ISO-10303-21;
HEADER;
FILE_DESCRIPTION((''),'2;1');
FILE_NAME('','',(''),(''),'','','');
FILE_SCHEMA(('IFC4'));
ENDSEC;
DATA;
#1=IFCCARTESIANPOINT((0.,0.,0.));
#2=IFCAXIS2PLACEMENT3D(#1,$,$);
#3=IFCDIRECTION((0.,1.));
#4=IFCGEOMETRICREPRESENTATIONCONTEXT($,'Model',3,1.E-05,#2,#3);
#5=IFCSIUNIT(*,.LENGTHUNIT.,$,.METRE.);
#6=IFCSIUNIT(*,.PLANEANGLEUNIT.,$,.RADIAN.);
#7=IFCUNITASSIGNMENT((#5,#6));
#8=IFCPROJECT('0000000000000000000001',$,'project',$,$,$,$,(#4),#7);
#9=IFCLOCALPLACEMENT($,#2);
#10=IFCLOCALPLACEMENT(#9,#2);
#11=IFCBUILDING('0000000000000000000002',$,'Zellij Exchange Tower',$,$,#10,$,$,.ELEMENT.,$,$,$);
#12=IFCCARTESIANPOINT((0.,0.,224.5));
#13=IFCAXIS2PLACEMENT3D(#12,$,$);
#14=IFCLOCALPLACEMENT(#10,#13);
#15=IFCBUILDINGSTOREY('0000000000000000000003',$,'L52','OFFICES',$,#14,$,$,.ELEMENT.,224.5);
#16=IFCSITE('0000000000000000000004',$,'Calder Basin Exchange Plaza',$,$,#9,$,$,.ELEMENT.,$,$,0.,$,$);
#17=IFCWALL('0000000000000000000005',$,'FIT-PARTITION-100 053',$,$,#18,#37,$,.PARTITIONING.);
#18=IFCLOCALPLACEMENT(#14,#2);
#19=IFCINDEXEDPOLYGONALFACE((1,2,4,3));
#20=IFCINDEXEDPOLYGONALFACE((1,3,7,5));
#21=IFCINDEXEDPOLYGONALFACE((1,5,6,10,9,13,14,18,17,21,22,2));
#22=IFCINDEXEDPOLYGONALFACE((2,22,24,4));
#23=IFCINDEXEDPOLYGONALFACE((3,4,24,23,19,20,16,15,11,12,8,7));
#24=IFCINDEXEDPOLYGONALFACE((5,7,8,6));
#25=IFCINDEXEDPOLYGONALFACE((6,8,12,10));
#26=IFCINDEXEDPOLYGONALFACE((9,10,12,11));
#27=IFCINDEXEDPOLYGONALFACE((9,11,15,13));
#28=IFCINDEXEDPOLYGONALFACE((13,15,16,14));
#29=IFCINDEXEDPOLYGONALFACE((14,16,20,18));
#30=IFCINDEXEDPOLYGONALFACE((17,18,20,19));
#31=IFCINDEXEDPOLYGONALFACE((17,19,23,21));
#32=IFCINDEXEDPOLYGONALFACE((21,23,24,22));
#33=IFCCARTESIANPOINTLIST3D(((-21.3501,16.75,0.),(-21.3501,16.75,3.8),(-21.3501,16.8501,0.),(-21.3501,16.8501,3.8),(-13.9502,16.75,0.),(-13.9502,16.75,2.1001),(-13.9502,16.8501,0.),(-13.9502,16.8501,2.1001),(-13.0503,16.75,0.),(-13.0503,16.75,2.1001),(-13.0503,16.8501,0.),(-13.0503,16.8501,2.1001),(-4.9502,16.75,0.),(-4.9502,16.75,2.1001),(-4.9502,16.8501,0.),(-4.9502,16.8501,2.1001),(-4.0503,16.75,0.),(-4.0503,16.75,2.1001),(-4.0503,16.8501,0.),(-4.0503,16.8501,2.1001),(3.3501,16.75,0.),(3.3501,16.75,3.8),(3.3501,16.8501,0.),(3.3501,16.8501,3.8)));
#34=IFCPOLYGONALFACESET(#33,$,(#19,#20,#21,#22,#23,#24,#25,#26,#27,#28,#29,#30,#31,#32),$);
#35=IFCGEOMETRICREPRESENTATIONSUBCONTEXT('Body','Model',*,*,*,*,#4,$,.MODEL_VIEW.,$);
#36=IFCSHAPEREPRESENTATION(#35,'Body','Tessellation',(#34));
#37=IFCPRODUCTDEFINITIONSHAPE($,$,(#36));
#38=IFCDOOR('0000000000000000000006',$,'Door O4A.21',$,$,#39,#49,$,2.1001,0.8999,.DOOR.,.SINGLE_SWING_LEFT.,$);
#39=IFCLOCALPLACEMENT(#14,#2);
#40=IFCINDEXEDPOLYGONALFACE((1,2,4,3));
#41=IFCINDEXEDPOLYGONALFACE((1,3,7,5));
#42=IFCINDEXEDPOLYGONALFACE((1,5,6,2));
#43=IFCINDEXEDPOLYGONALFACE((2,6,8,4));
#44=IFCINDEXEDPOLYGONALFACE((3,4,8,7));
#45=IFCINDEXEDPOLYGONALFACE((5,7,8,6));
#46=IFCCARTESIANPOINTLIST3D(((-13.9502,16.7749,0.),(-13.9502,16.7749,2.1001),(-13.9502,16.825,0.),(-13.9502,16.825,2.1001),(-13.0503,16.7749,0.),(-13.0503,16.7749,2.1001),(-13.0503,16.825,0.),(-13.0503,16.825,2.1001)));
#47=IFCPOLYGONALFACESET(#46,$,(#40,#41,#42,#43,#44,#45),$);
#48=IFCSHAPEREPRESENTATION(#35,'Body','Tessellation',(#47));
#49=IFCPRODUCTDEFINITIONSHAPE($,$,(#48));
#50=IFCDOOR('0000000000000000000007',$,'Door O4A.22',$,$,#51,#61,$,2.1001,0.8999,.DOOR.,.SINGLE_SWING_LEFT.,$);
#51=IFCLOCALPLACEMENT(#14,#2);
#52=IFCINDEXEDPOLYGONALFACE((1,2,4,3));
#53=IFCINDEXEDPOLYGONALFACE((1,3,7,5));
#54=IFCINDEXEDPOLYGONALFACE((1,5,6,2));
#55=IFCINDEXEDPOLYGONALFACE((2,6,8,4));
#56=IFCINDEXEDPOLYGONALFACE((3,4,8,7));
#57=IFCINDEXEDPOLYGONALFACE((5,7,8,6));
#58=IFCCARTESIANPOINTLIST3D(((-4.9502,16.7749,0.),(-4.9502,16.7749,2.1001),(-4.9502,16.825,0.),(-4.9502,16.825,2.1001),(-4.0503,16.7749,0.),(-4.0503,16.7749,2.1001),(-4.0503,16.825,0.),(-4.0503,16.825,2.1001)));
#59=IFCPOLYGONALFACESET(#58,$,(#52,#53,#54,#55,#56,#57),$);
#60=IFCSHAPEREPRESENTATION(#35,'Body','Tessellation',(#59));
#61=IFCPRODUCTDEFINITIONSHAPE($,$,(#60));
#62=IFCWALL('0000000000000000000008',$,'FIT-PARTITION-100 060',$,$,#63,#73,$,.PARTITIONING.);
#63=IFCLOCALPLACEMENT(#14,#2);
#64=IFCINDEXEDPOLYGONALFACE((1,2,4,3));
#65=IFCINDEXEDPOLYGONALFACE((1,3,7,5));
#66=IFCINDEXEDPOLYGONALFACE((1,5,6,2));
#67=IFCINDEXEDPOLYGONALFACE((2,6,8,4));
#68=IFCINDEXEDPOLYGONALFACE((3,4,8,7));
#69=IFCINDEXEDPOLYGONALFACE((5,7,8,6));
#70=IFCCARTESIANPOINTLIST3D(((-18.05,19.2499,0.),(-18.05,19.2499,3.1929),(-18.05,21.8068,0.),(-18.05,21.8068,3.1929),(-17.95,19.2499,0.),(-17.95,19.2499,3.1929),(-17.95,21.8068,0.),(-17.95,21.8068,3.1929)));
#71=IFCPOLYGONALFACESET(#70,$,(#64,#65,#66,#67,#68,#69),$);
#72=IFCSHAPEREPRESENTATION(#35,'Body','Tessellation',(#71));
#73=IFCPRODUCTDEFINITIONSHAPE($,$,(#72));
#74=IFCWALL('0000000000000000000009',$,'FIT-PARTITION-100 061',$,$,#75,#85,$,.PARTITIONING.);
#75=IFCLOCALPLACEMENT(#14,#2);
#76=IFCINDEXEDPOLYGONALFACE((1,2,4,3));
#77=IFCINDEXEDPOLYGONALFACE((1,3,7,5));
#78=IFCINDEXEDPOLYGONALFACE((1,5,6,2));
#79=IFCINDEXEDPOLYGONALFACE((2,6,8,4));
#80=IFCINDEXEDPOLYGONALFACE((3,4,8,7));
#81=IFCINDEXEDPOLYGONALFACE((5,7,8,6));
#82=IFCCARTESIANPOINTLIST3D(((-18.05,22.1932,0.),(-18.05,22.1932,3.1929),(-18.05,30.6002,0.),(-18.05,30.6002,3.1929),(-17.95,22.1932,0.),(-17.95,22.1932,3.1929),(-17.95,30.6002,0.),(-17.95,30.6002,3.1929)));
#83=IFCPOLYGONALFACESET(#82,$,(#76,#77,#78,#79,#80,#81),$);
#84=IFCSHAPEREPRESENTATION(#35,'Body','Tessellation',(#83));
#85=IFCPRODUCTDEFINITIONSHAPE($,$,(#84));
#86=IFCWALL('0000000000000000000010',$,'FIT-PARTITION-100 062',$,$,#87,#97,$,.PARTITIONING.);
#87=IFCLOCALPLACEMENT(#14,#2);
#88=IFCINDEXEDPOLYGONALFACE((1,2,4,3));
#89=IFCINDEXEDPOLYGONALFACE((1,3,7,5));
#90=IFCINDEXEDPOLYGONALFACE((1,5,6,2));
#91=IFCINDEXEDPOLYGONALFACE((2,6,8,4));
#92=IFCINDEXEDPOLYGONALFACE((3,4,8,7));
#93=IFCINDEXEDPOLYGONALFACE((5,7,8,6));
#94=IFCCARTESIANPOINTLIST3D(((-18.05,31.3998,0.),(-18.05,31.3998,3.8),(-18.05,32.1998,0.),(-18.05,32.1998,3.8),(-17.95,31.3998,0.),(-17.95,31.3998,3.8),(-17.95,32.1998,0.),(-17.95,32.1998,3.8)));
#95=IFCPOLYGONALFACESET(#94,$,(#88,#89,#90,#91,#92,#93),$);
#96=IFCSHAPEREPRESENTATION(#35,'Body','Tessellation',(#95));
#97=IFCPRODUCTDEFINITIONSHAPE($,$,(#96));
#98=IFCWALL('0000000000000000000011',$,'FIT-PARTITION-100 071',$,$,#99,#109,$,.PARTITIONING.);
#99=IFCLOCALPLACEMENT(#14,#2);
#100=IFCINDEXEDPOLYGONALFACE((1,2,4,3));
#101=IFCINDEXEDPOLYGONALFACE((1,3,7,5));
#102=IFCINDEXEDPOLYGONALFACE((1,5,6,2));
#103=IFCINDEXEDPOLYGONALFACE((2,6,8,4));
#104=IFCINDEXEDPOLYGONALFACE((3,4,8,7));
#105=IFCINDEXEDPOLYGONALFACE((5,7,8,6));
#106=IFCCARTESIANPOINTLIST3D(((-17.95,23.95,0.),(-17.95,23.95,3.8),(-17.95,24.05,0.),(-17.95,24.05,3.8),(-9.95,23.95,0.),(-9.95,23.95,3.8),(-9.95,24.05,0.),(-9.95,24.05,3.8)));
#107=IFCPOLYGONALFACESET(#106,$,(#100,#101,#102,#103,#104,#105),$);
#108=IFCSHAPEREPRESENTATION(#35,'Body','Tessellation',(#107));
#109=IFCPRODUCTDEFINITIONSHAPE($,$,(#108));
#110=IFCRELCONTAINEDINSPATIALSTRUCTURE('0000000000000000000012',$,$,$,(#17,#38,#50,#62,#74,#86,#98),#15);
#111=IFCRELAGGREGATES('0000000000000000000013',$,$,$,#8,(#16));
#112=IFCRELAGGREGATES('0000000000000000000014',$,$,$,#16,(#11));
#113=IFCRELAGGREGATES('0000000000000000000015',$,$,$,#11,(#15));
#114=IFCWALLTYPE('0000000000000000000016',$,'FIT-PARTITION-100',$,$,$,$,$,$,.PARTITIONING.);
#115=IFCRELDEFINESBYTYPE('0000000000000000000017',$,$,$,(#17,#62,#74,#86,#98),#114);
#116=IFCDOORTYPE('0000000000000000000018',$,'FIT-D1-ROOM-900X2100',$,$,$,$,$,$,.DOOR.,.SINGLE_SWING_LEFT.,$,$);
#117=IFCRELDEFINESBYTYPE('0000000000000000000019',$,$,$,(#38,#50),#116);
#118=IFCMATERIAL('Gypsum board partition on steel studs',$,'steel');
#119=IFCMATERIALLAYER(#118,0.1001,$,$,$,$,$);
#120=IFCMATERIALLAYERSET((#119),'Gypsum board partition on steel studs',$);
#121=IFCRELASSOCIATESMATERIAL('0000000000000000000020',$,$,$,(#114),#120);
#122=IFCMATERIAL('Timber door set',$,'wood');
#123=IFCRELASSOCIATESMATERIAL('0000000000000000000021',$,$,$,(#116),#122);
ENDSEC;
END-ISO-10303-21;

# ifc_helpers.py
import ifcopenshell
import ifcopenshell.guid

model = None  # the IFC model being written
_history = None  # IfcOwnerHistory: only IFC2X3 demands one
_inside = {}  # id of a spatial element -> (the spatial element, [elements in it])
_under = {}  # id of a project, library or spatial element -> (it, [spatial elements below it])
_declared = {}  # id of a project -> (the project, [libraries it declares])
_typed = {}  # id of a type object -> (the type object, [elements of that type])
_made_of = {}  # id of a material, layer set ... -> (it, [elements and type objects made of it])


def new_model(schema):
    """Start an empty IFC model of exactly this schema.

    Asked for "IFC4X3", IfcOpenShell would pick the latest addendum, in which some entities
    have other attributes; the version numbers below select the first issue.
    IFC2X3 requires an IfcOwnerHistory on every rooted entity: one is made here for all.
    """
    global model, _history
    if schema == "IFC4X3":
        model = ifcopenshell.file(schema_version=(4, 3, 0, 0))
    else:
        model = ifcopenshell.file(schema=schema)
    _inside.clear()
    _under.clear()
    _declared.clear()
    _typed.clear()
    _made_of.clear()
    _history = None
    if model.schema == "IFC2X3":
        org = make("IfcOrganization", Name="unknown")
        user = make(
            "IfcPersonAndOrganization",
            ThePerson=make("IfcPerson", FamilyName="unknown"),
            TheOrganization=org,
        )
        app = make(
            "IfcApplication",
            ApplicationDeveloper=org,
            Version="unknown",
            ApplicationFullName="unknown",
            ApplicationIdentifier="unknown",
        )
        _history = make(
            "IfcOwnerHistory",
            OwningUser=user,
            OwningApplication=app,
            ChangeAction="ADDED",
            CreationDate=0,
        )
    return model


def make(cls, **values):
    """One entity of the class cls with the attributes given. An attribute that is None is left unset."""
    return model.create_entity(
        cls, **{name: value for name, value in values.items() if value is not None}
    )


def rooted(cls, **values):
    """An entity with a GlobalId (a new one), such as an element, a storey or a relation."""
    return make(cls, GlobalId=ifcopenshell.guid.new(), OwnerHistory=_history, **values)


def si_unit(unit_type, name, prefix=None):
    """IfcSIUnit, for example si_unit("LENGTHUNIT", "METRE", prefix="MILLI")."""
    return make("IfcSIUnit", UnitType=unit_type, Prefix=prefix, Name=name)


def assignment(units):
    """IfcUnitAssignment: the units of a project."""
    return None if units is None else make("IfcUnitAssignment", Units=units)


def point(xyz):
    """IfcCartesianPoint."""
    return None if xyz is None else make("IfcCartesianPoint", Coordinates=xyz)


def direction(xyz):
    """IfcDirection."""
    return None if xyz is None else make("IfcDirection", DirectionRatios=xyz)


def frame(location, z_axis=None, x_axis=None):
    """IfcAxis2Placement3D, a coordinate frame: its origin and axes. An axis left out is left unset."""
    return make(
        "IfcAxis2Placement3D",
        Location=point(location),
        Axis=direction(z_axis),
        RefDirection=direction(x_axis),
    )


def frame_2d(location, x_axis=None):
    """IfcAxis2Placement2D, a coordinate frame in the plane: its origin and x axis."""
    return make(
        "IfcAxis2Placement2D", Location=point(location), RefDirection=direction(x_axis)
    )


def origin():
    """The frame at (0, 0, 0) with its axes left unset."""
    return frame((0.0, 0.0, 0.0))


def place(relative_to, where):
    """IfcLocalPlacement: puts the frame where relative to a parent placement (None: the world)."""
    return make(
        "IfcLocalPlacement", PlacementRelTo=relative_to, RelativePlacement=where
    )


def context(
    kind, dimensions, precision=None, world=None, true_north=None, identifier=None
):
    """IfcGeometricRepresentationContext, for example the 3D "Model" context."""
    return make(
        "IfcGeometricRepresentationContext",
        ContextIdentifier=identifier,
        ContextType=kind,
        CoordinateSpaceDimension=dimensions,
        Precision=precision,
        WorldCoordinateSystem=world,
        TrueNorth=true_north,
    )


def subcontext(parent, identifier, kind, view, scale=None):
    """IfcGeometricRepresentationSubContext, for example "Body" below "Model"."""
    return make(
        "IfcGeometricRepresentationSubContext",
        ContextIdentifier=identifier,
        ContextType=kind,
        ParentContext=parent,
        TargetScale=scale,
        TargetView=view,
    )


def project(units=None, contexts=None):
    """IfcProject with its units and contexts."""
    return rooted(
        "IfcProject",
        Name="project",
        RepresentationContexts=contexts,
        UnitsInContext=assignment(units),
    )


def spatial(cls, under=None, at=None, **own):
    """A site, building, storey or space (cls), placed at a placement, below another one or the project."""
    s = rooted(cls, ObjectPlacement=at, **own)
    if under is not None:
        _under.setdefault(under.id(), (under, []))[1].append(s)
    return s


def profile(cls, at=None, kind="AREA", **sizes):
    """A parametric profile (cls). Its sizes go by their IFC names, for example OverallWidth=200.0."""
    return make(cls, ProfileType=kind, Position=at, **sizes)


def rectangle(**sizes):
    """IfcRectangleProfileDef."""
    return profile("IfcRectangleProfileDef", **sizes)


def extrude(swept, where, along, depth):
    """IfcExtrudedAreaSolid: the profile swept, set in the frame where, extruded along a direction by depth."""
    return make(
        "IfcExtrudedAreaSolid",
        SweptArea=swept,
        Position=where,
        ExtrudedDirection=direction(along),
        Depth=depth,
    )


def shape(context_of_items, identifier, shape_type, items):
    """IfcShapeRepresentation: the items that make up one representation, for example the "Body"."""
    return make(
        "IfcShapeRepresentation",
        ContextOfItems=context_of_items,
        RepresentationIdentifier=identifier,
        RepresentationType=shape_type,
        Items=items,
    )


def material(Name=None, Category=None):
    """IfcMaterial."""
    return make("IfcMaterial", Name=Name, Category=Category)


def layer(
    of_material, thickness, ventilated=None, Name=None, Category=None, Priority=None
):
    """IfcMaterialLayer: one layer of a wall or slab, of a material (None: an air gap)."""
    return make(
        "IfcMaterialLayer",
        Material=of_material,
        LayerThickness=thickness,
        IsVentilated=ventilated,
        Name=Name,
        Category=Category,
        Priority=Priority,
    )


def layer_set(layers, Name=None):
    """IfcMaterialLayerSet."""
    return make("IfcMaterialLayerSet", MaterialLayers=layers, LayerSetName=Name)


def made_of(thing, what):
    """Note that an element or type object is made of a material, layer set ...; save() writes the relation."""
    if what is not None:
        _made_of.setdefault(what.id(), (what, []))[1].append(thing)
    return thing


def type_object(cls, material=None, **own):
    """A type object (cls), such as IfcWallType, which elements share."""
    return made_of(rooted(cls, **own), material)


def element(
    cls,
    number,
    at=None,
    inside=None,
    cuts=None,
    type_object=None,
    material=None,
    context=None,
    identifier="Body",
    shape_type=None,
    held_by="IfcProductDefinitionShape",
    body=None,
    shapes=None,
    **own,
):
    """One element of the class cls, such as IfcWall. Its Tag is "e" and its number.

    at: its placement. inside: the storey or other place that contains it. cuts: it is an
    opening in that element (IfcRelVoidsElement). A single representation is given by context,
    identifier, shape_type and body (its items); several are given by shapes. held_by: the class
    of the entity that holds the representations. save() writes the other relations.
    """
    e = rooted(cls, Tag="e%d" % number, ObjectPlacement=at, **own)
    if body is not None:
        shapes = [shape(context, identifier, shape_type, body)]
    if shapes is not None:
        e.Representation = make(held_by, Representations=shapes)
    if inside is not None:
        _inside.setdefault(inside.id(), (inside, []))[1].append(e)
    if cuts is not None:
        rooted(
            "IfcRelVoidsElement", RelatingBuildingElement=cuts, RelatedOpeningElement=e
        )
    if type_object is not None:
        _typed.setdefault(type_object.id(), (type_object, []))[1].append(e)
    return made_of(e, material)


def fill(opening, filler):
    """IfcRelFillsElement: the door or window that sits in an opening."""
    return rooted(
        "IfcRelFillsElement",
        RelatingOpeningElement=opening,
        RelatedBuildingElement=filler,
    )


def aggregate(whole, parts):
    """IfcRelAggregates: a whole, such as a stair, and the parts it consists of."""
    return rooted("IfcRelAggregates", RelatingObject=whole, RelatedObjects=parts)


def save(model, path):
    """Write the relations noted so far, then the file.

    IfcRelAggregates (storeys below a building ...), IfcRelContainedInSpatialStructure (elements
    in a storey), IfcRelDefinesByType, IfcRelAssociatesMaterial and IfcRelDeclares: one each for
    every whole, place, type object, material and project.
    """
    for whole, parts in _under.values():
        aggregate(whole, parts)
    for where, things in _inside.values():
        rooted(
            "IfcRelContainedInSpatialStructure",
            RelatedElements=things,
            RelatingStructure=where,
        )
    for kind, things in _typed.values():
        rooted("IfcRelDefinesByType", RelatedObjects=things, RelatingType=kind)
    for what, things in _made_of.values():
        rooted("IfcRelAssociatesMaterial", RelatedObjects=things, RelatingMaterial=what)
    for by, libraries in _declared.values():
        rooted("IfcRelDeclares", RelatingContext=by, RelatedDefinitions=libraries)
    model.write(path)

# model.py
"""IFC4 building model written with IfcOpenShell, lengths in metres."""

from ifc_helpers import new_model, si_unit, direction, frame, frame_2d, origin, place, context, subcontext, project, spatial, rectangle, extrude, material, layer, layer_set, type_object, element, fill, save


model = new_model("IFC4")

# Units and contexts
model_context = context("Model", 3, precision=1e-05, world=origin(), true_north=direction((0.0, 1.0)))
body_context = subcontext(model_context, "Body", "Model", "MODEL_VIEW")
ifc_project = project(units=[si_unit("LENGTHUNIT", "METRE"), si_unit("PLANEANGLEUNIT", "RADIAN")], contexts=[model_context])

# Site, building, storey
site_placement = place(None, origin())
site = spatial("IfcSite", under=ifc_project, at=site_placement, Name="Calder Basin Exchange Plaza", CompositionType="ELEMENT", RefElevation=0.0)
building_placement = place(site_placement, origin())
building = spatial("IfcBuilding", under=site, at=building_placement, Name="Zellij Exchange Tower", CompositionType="ELEMENT")
storey_placement = place(building_placement, frame((0.0, 0.0, 224.5)))
storey = spatial("IfcBuildingStorey", under=building, at=storey_placement, Name="L52", Description="OFFICES", CompositionType="ELEMENT", Elevation=224.5)

# Shared definitions
ifc_material_1 = material(Name="Gypsum board partition on steel studs", Category="steel")
ifc_layer = layer(ifc_material_1, 0.1001)
ifc_layer_set = layer_set([ifc_layer], Name="Gypsum board partition on steel studs")
wall_type = type_object("IfcWallType", Name="FIT-PARTITION-100", PredefinedType="PARTITIONING", material=ifc_layer_set)
ifc_material_2 = material(Name="Timber door set", Category="wood")

# Wall, openings, doors
wall_1_placement = place(storey_placement, frame((-21.3501, 16.8, 0.0), z_axis=(0.0, 0.0, 1.0), x_axis=(1.0, 0.0, 0.0)))
wall_1 = element("IfcWall", 1, at=wall_1_placement, inside=storey, type_object=wall_type, Name="FIT-PARTITION-100 053", PredefinedType="PARTITIONING", context=body_context, shape_type="SweptSolid", body=[
    extrude(rectangle(XDim=24.7002, YDim=0.1001, at=frame_2d((12.3501, 0.0))), origin(), (0.0, 0.0, 1.0), 3.8),
])
opening_1_placement = place(wall_1_placement, frame((7.3999, 0.0, 0.0)))
opening_1 = element("IfcOpeningElement", 2, at=opening_1_placement, cuts=wall_1, PredefinedType="OPENING", context=body_context, shape_type="SweptSolid", body=[
    extrude(rectangle(XDim=0.8999, YDim=2.1001, at=frame_2d((0.45, 1.05))), frame((0.0, 0.062, 0.0), z_axis=(0.0, -1.0, 0.0), x_axis=(1.0, 0.0, 0.0)), (0.0, 0.0, 1.0), 0.124),
])
opening_2_placement = place(wall_1_placement, frame((16.3999, 0.0, 0.0)))
opening_2 = element("IfcOpeningElement", 3, at=opening_2_placement, cuts=wall_1, PredefinedType="OPENING", context=body_context, shape_type="SweptSolid", body=[
    extrude(rectangle(XDim=0.8999, YDim=2.1001, at=frame_2d((0.45, 1.05))), frame((0.0, 0.062, 0.0), z_axis=(0.0, -1.0, 0.0), x_axis=(1.0, 0.0, 0.0)), (0.0, 0.0, 1.0), 0.124),
])
door_type_1 = type_object("IfcDoorType", Name="FIT-D1-ROOM-900X2100", OperationType="SINGLE_SWING_LEFT", PredefinedType="DOOR", material=ifc_material_2)
door_1_placement = place(opening_1_placement, origin())
door_1 = element("IfcDoor", 4, at=door_1_placement, inside=storey, type_object=door_type_1, Name="Door O4A.21", OperationType="SINGLE_SWING_LEFT", OverallHeight=2.1001, OverallWidth=0.8999, PredefinedType="DOOR", context=body_context, shape_type="SweptSolid", body=[
    extrude(rectangle(XDim=0.8999, YDim=2.1001, at=frame_2d((0.45, 1.05))), frame((0.0, 0.0249, 0.0), z_axis=(0.0, -1.0, 0.0), x_axis=(1.0, 0.0, 0.0)), (0.0, 0.0, 1.0), 0.05),
])
fill(opening_1, door_1)
door_2_placement = place(opening_2_placement, origin())
door_2 = element("IfcDoor", 5, at=door_2_placement, inside=storey, type_object=door_type_1, Name="Door O4A.22", OperationType="SINGLE_SWING_LEFT", OverallHeight=2.1001, OverallWidth=0.8999, PredefinedType="DOOR", context=body_context, shape_type="SweptSolid", body=[
    extrude(rectangle(XDim=0.8999, YDim=2.1001, at=frame_2d((0.45, 1.05))), frame((0.0, 0.0249, 0.0), z_axis=(0.0, -1.0, 0.0), x_axis=(1.0, 0.0, 0.0)), (0.0, 0.0, 1.0), 0.05),
])
fill(opening_2, door_2)

# Walls
wall_2_placement = place(storey_placement, frame((-18.0, 19.25, 0.0), z_axis=(0.0, 0.0, 1.0), x_axis=(0.0, 1.0, 0.0)))
element("IfcWall", 6, at=wall_2_placement, inside=storey, type_object=wall_type, Name="FIT-PARTITION-100 060", PredefinedType="PARTITIONING", context=body_context, shape_type="SweptSolid", body=[
    extrude(rectangle(XDim=2.5569, YDim=0.1001, at=frame_2d((1.2783, 0.0))), origin(), (0.0, 0.0, 1.0), 3.1929),
])
wall_3_placement = place(storey_placement, frame((-18.0, 22.1931, 0.0), z_axis=(0.0, 0.0, 1.0), x_axis=(0.0, 1.0, 0.0)))
element("IfcWall", 7, at=wall_3_placement, inside=storey, type_object=wall_type, Name="FIT-PARTITION-100 061", PredefinedType="PARTITIONING", context=body_context, shape_type="SweptSolid", body=[
    extrude(rectangle(XDim=8.407, YDim=0.1001, at=frame_2d((4.2036, 0.0))), origin(), (0.0, 0.0, 1.0), 3.1929),
])
wall_4_placement = place(storey_placement, frame((-18.0, 31.3999, 0.0), z_axis=(0.0, 0.0, 1.0), x_axis=(0.0, 1.0, 0.0)))
element("IfcWall", 8, at=wall_4_placement, inside=storey, type_object=wall_type, Name="FIT-PARTITION-100 062", PredefinedType="PARTITIONING", context=body_context, shape_type="SweptSolid", body=[
    extrude(rectangle(XDim=0.8, YDim=0.1001, at=frame_2d((0.3999, 0.0))), origin(), (0.0, 0.0, 1.0), 3.8),
])
wall_5_placement = place(storey_placement, frame((-17.95, 24.0, 0.0), z_axis=(0.0, 0.0, 1.0), x_axis=(1.0, 0.0, 0.0)))
element("IfcWall", 9, at=wall_5_placement, inside=storey, type_object=wall_type, Name="FIT-PARTITION-100 071", PredefinedType="PARTITIONING", context=body_context, shape_type="SweptSolid", body=[
    extrude(rectangle(XDim=8.0, YDim=0.1001, at=frame_2d((4.0, 0.0))), origin(), (0.0, 0.0, 1.0), 3.8),
])

save(model, "model.ifc")
